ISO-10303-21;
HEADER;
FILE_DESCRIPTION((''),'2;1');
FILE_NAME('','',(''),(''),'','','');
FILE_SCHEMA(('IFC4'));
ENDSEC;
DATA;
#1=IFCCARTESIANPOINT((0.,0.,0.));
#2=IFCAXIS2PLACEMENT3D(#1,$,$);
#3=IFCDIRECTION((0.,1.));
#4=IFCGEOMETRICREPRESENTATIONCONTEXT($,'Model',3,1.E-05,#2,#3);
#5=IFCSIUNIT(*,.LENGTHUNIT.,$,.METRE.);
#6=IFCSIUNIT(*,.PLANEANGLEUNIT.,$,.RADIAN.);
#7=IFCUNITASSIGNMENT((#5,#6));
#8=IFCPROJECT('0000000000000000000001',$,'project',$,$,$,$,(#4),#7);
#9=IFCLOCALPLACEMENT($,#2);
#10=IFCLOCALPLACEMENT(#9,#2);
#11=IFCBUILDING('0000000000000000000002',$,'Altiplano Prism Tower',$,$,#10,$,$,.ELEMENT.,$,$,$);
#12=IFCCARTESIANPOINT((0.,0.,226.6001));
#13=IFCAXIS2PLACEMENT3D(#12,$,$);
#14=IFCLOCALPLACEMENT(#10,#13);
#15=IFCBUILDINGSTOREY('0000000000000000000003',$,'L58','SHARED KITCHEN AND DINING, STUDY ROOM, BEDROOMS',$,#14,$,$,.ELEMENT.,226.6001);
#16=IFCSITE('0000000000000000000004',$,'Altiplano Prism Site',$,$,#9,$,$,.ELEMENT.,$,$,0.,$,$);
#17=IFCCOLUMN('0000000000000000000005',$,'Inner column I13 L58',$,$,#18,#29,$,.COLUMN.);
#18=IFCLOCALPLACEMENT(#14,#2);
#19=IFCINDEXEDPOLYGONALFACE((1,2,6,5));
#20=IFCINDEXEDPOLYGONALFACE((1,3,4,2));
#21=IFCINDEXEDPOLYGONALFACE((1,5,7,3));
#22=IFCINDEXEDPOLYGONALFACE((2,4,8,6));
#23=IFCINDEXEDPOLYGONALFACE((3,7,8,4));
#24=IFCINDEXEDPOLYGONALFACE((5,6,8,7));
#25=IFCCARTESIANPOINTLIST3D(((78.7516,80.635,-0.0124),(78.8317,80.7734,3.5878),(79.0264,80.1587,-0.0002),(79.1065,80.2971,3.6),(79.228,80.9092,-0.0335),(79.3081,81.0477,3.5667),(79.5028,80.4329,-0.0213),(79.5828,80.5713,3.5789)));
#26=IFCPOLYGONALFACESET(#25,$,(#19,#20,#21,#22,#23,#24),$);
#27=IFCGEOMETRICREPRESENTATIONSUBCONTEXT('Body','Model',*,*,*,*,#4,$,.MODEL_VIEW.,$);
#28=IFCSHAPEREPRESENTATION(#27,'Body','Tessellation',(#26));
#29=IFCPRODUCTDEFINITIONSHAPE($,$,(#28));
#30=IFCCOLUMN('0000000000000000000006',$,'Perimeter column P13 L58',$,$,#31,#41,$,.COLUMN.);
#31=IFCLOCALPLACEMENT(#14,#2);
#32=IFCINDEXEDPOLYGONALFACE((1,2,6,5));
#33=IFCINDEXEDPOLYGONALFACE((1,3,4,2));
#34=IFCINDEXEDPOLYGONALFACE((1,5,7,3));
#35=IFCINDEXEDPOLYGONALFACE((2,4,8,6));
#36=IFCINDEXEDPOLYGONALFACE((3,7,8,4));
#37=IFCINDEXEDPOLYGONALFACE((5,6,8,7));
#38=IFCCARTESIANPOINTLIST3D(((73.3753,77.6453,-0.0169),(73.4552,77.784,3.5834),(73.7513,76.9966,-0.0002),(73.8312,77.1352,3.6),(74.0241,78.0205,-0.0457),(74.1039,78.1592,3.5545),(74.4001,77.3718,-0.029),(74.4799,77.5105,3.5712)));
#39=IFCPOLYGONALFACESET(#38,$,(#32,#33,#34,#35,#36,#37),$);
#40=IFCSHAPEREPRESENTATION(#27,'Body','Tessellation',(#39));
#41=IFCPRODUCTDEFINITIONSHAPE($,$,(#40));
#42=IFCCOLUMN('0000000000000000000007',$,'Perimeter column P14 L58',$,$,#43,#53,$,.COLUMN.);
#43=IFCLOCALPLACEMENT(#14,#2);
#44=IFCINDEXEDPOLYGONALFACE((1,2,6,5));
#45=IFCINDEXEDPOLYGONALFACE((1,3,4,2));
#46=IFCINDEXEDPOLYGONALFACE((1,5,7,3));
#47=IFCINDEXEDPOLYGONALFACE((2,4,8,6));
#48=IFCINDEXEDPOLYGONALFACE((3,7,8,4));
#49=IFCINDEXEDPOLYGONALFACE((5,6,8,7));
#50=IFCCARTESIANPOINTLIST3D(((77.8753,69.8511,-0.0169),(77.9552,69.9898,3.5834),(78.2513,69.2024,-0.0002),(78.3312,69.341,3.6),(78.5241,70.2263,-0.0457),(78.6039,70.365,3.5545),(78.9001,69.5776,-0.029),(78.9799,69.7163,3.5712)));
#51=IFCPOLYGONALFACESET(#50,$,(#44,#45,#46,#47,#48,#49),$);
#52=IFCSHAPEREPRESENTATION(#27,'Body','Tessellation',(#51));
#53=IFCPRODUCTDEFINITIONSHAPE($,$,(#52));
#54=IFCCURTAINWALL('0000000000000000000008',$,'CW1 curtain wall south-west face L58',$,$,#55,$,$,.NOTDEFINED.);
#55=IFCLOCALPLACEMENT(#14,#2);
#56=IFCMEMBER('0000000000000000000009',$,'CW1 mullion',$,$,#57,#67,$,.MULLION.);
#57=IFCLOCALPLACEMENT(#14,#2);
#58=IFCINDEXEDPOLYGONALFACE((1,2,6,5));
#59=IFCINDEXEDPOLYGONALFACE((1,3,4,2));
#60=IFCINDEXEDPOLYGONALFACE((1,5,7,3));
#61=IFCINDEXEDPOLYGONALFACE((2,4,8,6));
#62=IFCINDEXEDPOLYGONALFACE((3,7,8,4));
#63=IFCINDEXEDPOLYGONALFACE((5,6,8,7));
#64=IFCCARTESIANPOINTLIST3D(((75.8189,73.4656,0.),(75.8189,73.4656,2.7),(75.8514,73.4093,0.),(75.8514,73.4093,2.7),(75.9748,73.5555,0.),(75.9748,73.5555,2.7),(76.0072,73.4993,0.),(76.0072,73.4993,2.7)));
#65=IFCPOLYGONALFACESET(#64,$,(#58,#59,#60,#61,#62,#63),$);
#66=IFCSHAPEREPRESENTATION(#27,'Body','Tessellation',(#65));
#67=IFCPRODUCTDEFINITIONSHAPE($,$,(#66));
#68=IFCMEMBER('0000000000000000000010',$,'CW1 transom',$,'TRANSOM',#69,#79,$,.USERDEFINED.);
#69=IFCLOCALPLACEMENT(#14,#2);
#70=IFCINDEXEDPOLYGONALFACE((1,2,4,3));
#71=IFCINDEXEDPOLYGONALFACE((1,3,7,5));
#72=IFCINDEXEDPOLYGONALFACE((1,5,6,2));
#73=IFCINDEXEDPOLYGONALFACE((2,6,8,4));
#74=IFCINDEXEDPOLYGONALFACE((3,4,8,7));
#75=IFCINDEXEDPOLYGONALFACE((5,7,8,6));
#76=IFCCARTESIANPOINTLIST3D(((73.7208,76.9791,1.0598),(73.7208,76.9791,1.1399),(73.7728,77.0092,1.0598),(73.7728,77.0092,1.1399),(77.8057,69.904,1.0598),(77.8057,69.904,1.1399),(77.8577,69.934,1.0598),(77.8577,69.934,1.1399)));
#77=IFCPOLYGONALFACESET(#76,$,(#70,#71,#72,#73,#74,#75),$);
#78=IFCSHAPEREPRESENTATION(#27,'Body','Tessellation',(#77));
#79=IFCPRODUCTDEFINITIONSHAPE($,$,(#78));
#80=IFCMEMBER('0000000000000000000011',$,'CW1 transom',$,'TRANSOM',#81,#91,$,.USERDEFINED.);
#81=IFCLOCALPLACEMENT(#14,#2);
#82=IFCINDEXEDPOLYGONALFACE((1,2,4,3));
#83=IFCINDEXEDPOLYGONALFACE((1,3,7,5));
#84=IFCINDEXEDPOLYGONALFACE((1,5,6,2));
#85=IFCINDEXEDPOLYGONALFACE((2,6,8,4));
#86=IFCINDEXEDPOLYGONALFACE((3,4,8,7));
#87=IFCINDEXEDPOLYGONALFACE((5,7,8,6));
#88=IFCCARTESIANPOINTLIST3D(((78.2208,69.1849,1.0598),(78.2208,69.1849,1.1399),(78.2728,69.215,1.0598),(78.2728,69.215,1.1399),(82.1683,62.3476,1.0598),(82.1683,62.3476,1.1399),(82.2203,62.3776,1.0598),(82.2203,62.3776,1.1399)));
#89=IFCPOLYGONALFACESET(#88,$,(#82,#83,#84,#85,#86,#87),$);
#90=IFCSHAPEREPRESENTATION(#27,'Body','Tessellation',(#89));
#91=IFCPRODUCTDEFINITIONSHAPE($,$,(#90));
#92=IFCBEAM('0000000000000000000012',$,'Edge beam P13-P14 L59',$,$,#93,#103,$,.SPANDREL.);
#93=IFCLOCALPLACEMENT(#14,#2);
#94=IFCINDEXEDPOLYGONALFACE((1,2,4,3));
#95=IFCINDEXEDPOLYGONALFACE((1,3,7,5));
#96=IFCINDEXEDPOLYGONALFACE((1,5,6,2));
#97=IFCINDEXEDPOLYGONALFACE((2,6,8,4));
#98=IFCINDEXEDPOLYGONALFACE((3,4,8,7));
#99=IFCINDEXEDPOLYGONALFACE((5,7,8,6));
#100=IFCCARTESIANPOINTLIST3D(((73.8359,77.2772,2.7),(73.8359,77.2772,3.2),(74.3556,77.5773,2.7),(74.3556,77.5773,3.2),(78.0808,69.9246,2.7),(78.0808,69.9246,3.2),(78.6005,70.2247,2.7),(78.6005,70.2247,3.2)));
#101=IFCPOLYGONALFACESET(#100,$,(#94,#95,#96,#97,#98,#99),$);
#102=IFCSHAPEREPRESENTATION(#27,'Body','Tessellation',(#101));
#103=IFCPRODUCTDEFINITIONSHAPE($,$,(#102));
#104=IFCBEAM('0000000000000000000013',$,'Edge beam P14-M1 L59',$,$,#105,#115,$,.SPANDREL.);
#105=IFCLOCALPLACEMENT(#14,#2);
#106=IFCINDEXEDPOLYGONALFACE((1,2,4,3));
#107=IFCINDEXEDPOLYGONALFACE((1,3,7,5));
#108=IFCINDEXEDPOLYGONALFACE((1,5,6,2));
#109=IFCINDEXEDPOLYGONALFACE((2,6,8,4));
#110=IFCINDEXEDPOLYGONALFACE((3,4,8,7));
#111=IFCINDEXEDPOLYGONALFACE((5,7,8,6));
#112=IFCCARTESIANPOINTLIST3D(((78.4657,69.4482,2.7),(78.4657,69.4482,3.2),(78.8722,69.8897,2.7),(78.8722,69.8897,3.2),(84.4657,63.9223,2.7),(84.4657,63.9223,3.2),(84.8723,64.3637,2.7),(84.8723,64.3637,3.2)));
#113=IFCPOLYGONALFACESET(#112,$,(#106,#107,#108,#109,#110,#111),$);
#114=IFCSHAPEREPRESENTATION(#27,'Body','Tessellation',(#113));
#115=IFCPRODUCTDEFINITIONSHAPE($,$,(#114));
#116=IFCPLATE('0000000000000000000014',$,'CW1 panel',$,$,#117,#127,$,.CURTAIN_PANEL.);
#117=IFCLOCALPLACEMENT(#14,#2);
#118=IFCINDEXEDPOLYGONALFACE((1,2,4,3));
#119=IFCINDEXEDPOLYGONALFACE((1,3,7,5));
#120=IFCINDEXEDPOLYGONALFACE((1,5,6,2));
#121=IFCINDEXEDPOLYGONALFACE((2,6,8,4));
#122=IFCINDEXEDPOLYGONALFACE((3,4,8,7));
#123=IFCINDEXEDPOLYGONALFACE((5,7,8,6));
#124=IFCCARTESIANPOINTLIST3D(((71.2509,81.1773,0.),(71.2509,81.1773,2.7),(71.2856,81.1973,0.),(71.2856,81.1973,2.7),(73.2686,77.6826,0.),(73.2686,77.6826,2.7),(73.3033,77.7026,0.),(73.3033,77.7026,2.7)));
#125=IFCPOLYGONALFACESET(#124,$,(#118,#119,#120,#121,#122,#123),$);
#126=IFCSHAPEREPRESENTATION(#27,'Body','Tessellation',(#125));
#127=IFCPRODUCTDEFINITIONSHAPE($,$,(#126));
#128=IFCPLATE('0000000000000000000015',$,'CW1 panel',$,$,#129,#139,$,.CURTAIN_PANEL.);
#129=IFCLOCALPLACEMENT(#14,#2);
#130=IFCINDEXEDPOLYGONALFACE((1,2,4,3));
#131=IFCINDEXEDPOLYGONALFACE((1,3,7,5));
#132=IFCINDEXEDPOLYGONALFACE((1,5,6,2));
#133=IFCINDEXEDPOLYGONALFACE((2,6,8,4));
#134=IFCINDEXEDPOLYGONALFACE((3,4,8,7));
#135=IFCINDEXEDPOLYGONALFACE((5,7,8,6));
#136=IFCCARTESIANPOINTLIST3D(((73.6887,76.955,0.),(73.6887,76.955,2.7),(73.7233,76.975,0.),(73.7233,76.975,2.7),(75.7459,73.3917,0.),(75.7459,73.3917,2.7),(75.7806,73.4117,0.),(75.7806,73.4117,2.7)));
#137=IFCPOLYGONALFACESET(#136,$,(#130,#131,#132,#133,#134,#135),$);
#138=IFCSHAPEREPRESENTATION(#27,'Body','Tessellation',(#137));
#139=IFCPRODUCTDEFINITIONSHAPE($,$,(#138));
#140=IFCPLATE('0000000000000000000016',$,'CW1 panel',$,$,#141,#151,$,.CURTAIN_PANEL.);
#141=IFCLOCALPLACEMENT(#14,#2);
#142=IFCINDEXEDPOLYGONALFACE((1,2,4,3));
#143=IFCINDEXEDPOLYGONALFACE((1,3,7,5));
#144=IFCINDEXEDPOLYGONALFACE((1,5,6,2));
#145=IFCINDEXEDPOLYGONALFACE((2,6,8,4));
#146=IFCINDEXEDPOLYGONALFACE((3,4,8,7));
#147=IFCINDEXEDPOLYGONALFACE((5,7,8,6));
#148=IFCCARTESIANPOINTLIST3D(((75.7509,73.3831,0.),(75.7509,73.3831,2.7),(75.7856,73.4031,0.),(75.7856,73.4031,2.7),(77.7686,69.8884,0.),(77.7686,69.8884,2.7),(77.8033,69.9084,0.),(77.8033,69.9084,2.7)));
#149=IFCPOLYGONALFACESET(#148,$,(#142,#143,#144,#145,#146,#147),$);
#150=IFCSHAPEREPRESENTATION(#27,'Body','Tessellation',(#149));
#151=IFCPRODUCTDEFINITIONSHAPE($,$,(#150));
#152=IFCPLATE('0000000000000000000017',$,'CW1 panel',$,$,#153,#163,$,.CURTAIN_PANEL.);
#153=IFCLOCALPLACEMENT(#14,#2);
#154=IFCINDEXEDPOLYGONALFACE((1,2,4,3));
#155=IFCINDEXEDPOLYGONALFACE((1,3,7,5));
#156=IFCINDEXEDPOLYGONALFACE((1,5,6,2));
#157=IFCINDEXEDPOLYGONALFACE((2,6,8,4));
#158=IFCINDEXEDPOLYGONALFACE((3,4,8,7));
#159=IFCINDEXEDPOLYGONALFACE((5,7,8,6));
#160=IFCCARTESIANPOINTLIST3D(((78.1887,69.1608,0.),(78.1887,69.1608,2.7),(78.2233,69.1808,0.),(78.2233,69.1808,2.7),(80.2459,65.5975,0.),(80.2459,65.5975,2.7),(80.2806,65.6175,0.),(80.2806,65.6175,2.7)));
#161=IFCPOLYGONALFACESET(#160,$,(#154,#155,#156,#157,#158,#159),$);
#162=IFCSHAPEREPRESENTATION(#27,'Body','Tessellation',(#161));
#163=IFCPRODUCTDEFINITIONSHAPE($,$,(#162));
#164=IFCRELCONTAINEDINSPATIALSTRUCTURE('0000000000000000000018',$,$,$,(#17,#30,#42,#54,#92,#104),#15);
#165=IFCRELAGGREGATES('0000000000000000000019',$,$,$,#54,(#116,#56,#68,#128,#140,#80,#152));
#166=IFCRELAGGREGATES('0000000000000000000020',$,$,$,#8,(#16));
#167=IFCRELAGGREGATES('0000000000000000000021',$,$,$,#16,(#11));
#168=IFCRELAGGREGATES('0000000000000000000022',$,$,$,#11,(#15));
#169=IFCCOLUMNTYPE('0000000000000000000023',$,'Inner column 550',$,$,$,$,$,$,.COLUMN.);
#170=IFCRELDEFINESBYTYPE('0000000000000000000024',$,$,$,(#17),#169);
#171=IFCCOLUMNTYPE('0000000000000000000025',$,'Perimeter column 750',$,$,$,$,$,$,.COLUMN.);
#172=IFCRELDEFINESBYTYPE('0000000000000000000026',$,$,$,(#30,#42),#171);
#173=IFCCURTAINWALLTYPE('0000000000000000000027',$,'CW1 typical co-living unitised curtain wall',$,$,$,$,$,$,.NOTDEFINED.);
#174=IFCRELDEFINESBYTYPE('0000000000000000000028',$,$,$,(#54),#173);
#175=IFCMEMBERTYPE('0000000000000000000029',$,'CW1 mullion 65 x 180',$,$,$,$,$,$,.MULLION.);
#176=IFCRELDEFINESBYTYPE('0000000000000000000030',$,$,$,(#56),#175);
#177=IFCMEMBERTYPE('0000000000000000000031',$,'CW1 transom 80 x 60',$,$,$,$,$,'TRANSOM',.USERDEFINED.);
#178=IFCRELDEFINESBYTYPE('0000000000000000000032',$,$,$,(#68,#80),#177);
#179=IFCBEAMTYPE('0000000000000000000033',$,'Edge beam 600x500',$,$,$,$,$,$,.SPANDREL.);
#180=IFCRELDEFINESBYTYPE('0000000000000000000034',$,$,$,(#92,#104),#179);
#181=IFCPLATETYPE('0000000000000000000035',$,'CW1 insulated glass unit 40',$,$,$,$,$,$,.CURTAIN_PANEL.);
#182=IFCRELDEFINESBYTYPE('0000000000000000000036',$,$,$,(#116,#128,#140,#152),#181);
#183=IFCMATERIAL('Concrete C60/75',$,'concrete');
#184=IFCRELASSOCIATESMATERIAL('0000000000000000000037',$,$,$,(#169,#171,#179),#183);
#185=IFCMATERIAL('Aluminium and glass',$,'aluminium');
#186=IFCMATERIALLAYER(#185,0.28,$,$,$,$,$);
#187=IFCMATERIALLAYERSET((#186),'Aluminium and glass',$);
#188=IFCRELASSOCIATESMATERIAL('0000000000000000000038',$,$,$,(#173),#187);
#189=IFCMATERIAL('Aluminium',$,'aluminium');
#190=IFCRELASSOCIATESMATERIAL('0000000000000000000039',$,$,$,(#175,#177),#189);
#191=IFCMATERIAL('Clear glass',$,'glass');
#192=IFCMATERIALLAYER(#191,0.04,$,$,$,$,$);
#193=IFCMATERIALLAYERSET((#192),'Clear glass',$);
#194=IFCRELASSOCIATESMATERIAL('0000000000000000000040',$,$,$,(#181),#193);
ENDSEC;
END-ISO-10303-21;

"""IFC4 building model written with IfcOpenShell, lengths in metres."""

from ifc_helpers import new_model, si_unit, direction, frame, origin, origin_2d, place, context, subcontext, project, spatial, rectangle, extrude, material, layer, layer_set, material_profile, profile_set, type_object, element, aggregate, save


model = new_model("IFC4")

# Units and contexts
model_context = context("Model", 3, precision=1e-05, world=origin(), true_north=direction((0.0, 1.0)))
body_context = subcontext(model_context, "Body", "Model", "MODEL_VIEW")
ifc_project = project(units=[si_unit("LENGTHUNIT", "METRE"), si_unit("PLANEANGLEUNIT", "RADIAN")], contexts=[model_context])

# Site, building, storey
site_placement = place(None, origin())
site = spatial("IfcSite", under=ifc_project, at=site_placement, Name="Altiplano Prism Site", CompositionType="ELEMENT", RefElevation=0.0)
building_placement = place(site_placement, origin())
building = spatial("IfcBuilding", under=site, at=building_placement, Name="Altiplano Prism Tower", CompositionType="ELEMENT")
storey_placement = place(building_placement, frame((0.0, 0.0, 226.6001)))
storey = spatial("IfcBuildingStorey", under=building, at=storey_placement, Name="L58", Description="SHARED KITCHEN AND DINING, STUDY ROOM, BEDROOMS", CompositionType="ELEMENT", Elevation=226.6001)

# Columns
ifc_material_1 = material(Name="Concrete C60/75", Category="concrete")
ifc_material_profile_1 = material_profile(ifc_material_1, rectangle(XDim=0.55, YDim=0.55, at=origin_2d()), Name="Inner column 550")
ifc_profile_set_1 = profile_set([ifc_material_profile_1], Name="Concrete C60/75")
column_type_1 = type_object("IfcColumnType", Name="Inner column 550", PredefinedType="COLUMN", material=ifc_profile_set_1)
column_placement = place(storey_placement, frame((79.1272, 80.5339, -0.0168), z_axis=(0.022221, 0.038413, 0.999015), x_axis=(-0.866021, -0.498528, 0.038432)))
element("IfcColumn", 1, at=column_placement, inside=storey, type_object=column_type_1, Name="Inner column I13 L58", PredefinedType="COLUMN", context=body_context, shape_type="SweptSolid", body=[
    extrude(rectangle(XDim=0.55, YDim=0.55, at=origin_2d()), origin(), (0.0, 0.0, 1.0), 3.6038),
])
ifc_material_profile_2 = material_profile(ifc_material_1, rectangle(XDim=0.75, YDim=0.75, at=origin_2d()), Name="Perimeter column 750")
ifc_profile_set_2 = profile_set([ifc_material_profile_2], Name="Concrete C60/75")
column_type_2 = type_object("IfcColumnType", Name="Perimeter column 750", PredefinedType="COLUMN", material=ifc_profile_set_2)
for number, where, z_axis, x_axis, name in (
    (2, (73.8877, 77.5085, -0.0229), (0.022154, 0.038481, 0.999014), (-0.86498, -0.500331, 0.038454), "Perimeter column P13 L58"),
    (3, (78.3877, 69.7144, -0.0229), (0.022154, 0.038481, 0.999014), (-0.86498, -0.500331, 0.038454), "Perimeter column P14 L58"),
):
    element("IfcColumn", number, at=place(storey_placement, frame(where, z_axis=z_axis, x_axis=x_axis)), inside=storey, type_object=column_type_2, Name=name, PredefinedType="COLUMN", context=body_context, shape_type="SweptSolid", body=[
        extrude(rectangle(XDim=0.75, YDim=0.75, at=origin_2d()), origin(), (0.0, 0.0, 1.0), 3.6038),
    ])

# Curtain wall, members
ifc_material_2 = material(Name="Aluminium and glass", Category="aluminium")
ifc_layer_1 = layer(ifc_material_2, 0.28)
ifc_layer_set_1 = layer_set([ifc_layer_1], Name="Aluminium and glass")
curtain_wall_type = type_object("IfcCurtainWallType", Name="CW1 typical co-living unitised curtain wall", PredefinedType="NOTDEFINED", material=ifc_layer_set_1)
curtain_wall_placement = place(storey_placement, origin())
curtain_wall = element("IfcCurtainWall", 4, at=curtain_wall_placement, inside=storey, type_object=curtain_wall_type, Name="CW1 curtain wall south-west face L58", PredefinedType="NOTDEFINED")
ifc_material_3 = material(Name="Aluminium", Category="aluminium")
ifc_material_profile_3 = material_profile(ifc_material_3, rectangle(XDim=0.1799, YDim=0.0649, at=origin_2d()), Name="CW1 mullion 65 x 180")
ifc_profile_set_3 = profile_set([ifc_material_profile_3], Name="Aluminium")
member_type_1 = type_object("IfcMemberType", Name="CW1 mullion 65 x 180", PredefinedType="MULLION", material=ifc_profile_set_3)
member_1_placement = place(storey_placement, frame((75.9131, 73.4824, 0.0), z_axis=(0.0, 0.0, 1.0), x_axis=(0.866025, 0.5, 0.0)))
member_1 = element("IfcMember", 5, at=member_1_placement, type_object=member_type_1, Name="CW1 mullion", PredefinedType="MULLION", context=body_context, shape_type="SweptSolid", body=[
    extrude(rectangle(XDim=0.1799, YDim=0.0649, at=origin_2d()), origin(), (0.0, 0.0, 1.0), 2.7),
])
ifc_material_profile_4 = material_profile(ifc_material_3, rectangle(XDim=0.0601, YDim=0.0801, at=origin_2d()), Name="CW1 transom 80 x 60")
ifc_profile_set_4 = profile_set([ifc_material_profile_4], Name="Aluminium")
member_type_2 = type_object("IfcMemberType", Name="CW1 transom 80 x 60", ElementType="TRANSOM", PredefinedType="USERDEFINED", material=ifc_profile_set_4)
member_2_placement = place(storey_placement, frame((73.7468, 76.9941, 1.0999), z_axis=(0.500009, -0.86602, 0.0), x_axis=(0.86602, 0.500009, 0.0)))
member_2 = element("IfcMember", 6, at=member_2_placement, type_object=member_type_2, Name="CW1 transom", ObjectType="TRANSOM", PredefinedType="USERDEFINED", context=body_context, shape_type="SweptSolid", body=[
    extrude(rectangle(XDim=0.0601, YDim=0.0801, at=origin_2d()), origin(), (0.0, 0.0, 1.0), 8.1697),
])
member_3_placement = place(storey_placement, frame((78.2468, 69.2, 1.0999), z_axis=(0.499994, -0.866029, 0.0), x_axis=(0.866029, 0.499994, 0.0)))
member_3 = element("IfcMember", 7, at=member_3_placement, type_object=member_type_2, Name="CW1 transom", ObjectType="TRANSOM", PredefinedType="USERDEFINED", context=body_context, shape_type="SweptSolid", body=[
    extrude(rectangle(XDim=0.0601, YDim=0.0801, at=origin_2d()), origin(), (0.0, 0.0, 1.0), 7.895),
])

# Beams
ifc_material_profile_5 = material_profile(ifc_material_1, rectangle(XDim=0.6001, YDim=0.5, at=origin_2d()), Name="Edge beam 600x500")
ifc_profile_set_5 = profile_set([ifc_material_profile_5], Name="Concrete C60/75")
beam_type = type_object("IfcBeamType", Name="Edge beam 600x500", PredefinedType="SPANDREL", material=ifc_profile_set_5)
beam_1_placement = place(storey_placement, frame((74.0957, 77.4272, 2.95), z_axis=(0.49999, -0.866031, 0.0), x_axis=(0.866031, 0.49999, 0.0)))
element("IfcBeam", 8, at=beam_1_placement, inside=storey, type_object=beam_type, Name="Edge beam P13-P14 L59", PredefinedType="SPANDREL", context=body_context, shape_type="SweptSolid", body=[
    extrude(rectangle(XDim=0.6001, YDim=0.5, at=origin_2d()), origin(), (0.0, 0.0, 1.0), 8.49),
])
beam_2_placement = place(storey_placement, frame((78.6689, 69.6689, 2.95), z_axis=(0.735572, -0.677447, 0.0), x_axis=(0.677447, 0.735572, 0.0)))
element("IfcBeam", 9, at=beam_2_placement, inside=storey, type_object=beam_type, Name="Edge beam P14-M1 L59", PredefinedType="SPANDREL", context=body_context, shape_type="SweptSolid", body=[
    extrude(rectangle(XDim=0.6001, YDim=0.5, at=origin_2d()), origin(), (0.0, 0.0, 1.0), 8.157),
])

# Plates
ifc_material_4 = material(Name="Clear glass", Category="glass")
ifc_layer_2 = layer(ifc_material_4, 0.04)
ifc_layer_set_2 = layer_set([ifc_layer_2], Name="Clear glass")
plate_type = type_object("IfcPlateType", Name="CW1 insulated glass unit 40", PredefinedType="CURTAIN_PANEL", material=ifc_layer_set_2)
plate_1_placement = place(storey_placement, frame((72.2771, 79.4399, 0.0), z_axis=(0.0, 0.0, 1.0), x_axis=(0.5, -0.866025, 0.0)))
plate_1 = element("IfcPlate", 10, at=plate_1_placement, type_object=plate_type, Name="CW1 panel", PredefinedType="CURTAIN_PANEL", context=body_context, shape_type="SweptSolid", body=[
    extrude(rectangle(XDim=4.0354, YDim=0.04, at=origin_2d()), origin(), (0.0, 0.0, 1.0), 2.7),
])
plate_2_placement = place(storey_placement, frame((74.7346, 75.1833, 0.0), z_axis=(0.0, 0.0, 1.0), x_axis=(0.5, -0.866025, 0.0)))
plate_2 = element("IfcPlate", 11, at=plate_2_placement, type_object=plate_type, Name="CW1 panel", PredefinedType="CURTAIN_PANEL", context=body_context, shape_type="SweptSolid", body=[
    extrude(rectangle(XDim=4.1145, YDim=0.04, at=origin_2d()), origin(), (0.0, 0.0, 1.0), 2.7),
])
plate_3_placement = place(storey_placement, frame((76.7771, 71.6458, 0.0), z_axis=(0.0, 0.0, 1.0), x_axis=(0.5, -0.866025, 0.0)))
plate_3 = element("IfcPlate", 12, at=plate_3_placement, type_object=plate_type, Name="CW1 panel", PredefinedType="CURTAIN_PANEL", context=body_context, shape_type="SweptSolid", body=[
    extrude(rectangle(XDim=4.0354, YDim=0.04, at=origin_2d()), origin(), (0.0, 0.0, 1.0), 2.7),
])
plate_4_placement = place(storey_placement, frame((79.2346, 67.3892, 0.0), z_axis=(0.0, 0.0, 1.0), x_axis=(0.5, -0.866025, 0.0)))
plate_4 = element("IfcPlate", 13, at=plate_4_placement, type_object=plate_type, Name="CW1 panel", PredefinedType="CURTAIN_PANEL", context=body_context, shape_type="SweptSolid", body=[
    extrude(rectangle(XDim=4.1145, YDim=0.04, at=origin_2d()), origin(), (0.0, 0.0, 1.0), 2.7),
])
aggregate(curtain_wall, [plate_1, member_1, member_2, plate_2, plate_3, member_3, plate_4])

save(model, "model.ifc")
